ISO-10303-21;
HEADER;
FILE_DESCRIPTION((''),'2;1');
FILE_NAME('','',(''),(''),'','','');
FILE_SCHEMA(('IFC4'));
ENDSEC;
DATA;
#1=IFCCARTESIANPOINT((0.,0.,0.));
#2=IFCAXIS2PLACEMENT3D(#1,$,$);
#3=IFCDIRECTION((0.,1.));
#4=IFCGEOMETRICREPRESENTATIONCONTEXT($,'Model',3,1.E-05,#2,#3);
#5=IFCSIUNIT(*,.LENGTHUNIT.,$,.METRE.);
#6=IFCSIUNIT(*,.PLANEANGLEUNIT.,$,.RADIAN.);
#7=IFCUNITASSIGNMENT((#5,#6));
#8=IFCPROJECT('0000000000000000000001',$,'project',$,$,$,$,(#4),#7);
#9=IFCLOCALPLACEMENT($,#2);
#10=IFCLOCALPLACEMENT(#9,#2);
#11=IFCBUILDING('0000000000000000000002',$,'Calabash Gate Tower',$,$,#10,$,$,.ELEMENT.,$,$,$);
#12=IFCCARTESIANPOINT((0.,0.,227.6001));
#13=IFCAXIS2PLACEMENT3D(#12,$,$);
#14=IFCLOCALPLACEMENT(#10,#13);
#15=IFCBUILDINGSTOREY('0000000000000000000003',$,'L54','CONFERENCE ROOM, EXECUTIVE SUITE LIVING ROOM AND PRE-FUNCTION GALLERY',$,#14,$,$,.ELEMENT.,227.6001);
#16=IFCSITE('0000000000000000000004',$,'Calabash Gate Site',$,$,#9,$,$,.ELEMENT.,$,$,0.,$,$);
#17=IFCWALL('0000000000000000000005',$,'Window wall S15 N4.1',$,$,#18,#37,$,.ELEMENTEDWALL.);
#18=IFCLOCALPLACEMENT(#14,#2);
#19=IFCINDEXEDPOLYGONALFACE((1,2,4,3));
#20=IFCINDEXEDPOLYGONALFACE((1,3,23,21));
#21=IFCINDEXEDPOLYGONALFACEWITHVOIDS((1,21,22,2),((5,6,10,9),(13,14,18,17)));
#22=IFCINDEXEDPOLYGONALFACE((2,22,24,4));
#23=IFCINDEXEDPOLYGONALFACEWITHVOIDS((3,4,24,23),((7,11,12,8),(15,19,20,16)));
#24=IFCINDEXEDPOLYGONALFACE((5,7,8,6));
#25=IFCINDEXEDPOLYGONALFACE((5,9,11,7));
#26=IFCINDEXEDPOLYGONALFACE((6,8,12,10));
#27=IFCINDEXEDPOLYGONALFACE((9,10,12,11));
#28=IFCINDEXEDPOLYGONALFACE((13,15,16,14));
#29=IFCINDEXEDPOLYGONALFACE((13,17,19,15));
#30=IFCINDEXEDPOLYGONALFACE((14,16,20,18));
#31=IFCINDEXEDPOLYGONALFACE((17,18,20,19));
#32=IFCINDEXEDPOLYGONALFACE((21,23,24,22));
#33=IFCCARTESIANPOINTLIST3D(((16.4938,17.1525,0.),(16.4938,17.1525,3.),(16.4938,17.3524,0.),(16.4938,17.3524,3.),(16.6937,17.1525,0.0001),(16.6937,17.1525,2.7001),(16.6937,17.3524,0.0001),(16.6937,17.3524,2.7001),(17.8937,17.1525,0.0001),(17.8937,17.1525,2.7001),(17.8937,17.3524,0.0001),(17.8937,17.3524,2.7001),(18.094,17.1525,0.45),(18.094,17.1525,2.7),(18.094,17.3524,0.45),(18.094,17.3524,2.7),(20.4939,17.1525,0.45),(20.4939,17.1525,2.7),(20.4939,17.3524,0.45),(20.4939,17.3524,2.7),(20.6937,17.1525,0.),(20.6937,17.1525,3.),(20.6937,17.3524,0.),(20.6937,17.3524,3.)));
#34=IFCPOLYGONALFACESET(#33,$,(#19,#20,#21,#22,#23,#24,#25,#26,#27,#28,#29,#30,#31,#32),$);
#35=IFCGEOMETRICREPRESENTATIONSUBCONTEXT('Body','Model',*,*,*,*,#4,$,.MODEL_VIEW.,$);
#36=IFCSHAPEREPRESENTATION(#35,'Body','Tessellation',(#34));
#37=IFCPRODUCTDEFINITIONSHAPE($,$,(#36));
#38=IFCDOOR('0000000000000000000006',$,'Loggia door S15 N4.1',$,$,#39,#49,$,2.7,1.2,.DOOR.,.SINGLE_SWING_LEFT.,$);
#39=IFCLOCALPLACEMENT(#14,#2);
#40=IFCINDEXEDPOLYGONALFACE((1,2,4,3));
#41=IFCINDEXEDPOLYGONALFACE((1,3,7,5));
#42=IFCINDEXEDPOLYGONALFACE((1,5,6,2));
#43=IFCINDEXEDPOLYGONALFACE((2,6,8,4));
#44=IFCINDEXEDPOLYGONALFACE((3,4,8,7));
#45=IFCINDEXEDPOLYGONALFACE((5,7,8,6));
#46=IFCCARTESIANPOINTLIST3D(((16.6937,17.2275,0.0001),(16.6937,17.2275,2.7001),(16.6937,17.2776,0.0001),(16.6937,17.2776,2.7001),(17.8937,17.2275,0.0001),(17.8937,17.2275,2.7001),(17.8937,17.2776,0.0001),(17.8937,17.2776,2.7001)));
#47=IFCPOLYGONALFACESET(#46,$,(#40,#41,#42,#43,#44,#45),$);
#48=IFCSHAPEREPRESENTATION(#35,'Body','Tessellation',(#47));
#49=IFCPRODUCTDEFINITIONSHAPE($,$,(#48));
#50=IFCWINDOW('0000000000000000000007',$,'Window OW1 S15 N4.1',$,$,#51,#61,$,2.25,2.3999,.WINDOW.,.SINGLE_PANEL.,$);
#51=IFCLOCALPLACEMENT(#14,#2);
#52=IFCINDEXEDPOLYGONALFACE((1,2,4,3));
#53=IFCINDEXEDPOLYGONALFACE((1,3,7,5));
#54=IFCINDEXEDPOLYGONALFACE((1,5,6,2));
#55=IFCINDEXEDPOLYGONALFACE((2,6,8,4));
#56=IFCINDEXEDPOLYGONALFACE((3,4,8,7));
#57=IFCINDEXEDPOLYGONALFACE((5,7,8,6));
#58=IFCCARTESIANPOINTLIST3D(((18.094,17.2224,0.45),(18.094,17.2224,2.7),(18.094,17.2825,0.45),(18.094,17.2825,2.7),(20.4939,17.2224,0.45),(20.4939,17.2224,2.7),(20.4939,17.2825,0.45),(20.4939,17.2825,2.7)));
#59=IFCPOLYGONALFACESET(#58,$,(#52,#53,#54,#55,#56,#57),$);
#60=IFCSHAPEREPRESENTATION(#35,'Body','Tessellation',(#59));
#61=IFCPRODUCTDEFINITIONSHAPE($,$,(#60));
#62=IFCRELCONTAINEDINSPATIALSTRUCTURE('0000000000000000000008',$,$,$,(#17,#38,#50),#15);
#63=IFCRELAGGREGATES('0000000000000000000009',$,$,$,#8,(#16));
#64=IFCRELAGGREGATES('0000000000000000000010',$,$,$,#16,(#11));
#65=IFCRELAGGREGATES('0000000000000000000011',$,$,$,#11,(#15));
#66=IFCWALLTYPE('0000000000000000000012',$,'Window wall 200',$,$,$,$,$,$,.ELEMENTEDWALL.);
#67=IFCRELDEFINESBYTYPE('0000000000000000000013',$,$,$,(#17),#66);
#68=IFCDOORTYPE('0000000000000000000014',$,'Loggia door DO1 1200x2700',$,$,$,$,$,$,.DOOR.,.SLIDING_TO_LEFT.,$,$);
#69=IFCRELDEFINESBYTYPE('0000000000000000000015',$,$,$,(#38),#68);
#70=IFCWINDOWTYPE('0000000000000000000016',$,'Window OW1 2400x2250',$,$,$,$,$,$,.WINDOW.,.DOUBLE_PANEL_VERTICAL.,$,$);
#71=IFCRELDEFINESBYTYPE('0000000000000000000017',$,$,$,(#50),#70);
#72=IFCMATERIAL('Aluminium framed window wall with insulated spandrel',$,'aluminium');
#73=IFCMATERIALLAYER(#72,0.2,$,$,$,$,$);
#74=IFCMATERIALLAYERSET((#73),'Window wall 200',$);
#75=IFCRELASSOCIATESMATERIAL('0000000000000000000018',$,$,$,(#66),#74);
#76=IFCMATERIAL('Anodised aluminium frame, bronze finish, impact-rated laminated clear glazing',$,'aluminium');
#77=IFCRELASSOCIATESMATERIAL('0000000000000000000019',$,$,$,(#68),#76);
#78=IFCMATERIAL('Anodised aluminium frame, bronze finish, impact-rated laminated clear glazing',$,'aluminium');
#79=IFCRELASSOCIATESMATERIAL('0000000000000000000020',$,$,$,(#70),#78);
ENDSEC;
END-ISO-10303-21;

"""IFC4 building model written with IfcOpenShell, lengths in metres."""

from ifc_helpers import new_model, si_unit, direction, frame, frame_2d, origin, place, context, subcontext, project, spatial, rectangle, extrude, material, layer, layer_set, type_object, element, fill, save


model = new_model("IFC4")

# Units and contexts
model_context = context("Model", 3, precision=1e-05, world=origin(), true_north=direction((0.0, 1.0)))
body_context = subcontext(model_context, "Body", "Model", "MODEL_VIEW")
ifc_project = project(units=[si_unit("LENGTHUNIT", "METRE"), si_unit("PLANEANGLEUNIT", "RADIAN")], contexts=[model_context])

# Site, building, storey
site_placement = place(None, origin())
site = spatial("IfcSite", under=ifc_project, at=site_placement, Name="Calabash Gate Site", CompositionType="ELEMENT", RefElevation=0.0)
building_placement = place(site_placement, origin())
building = spatial("IfcBuilding", under=site, at=building_placement, Name="Calabash Gate Tower", CompositionType="ELEMENT")
storey_placement = place(building_placement, frame((0.0, 0.0, 227.6001)))
storey = spatial("IfcBuildingStorey", under=building, at=storey_placement, Name="L54", Description="CONFERENCE ROOM, EXECUTIVE SUITE LIVING ROOM AND PRE-FUNCTION GALLERY", CompositionType="ELEMENT", Elevation=227.6001)

# Wall, openings, door, window
ifc_material_1 = material(Name="Aluminium framed window wall with insulated spandrel", Category="aluminium")
ifc_layer_1 = layer(ifc_material_1, 0.2)
ifc_layer_set_1 = layer_set([ifc_layer_1], Name="Window wall 200")
wall_type_1 = type_object("IfcWallType", Name="Window wall 200", PredefinedType="ELEMENTEDWALL", material=ifc_layer_set_1)
ifc_material_2 = material(Name="Anodised aluminium frame, bronze finish, impact-rated laminated clear glazing", Category="aluminium")
door_type_1 = type_object("IfcDoorType", Name="Loggia door DO1 1200x2700", OperationType="SLIDING_TO_LEFT", PredefinedType="DOOR", material=ifc_material_2)
ifc_material_3 = material(Name="Anodised aluminium frame, bronze finish, impact-rated laminated clear glazing", Category="aluminium")
window_type = type_object("IfcWindowType", Name="Window OW1 2400x2250", PartitioningType="DOUBLE_PANEL_VERTICAL", PredefinedType="WINDOW", material=ifc_material_3)
wall_1_placement = place(storey_placement, frame((20.6938, 17.2524, 0.0), z_axis=(0.0, 0.0, 1.0), x_axis=(-1.0, 0.0, 0.0)))
wall_1 = element("IfcWall", 1, at=wall_1_placement, inside=storey, type_object=wall_type_1, Name="Window wall S15 N4.1", PredefinedType="ELEMENTEDWALL", context=body_context, shape_type="SweptSolid", body=[
    extrude(rectangle(XDim=4.2, YDim=0.2, at=frame_2d((2.1001, 0.0))), origin(), (0.0, 0.0, 1.0), 3.0),
])
opening_1_placement = place(wall_1_placement, frame((0.2, 0.0, 0.45)))
opening_1 = element("IfcOpeningElement", 2, at=opening_1_placement, cuts=wall_1, PredefinedType="OPENING", context=body_context, shape_type="SweptSolid", body=[
    extrude(rectangle(XDim=2.3999, YDim=2.25, at=frame_2d((1.2, 1.125))), frame((0.0, 0.1099, 0.0), z_axis=(0.0, -1.0, 0.0), x_axis=(1.0, 0.0, 0.0)), (0.0, 0.0, 1.0), 0.22),
])
opening_2_placement = place(wall_1_placement, frame((2.8, 0.0, 0.0)))
opening_2 = element("IfcOpeningElement", 3, at=opening_2_placement, cuts=wall_1, PredefinedType="OPENING", context=body_context, shape_type="SweptSolid", body=[
    extrude(rectangle(XDim=1.2, YDim=2.7, at=frame_2d((0.6001, 1.3501))), frame((0.0, 0.1099, 0.0), z_axis=(0.0, -1.0, 0.0), x_axis=(1.0, 0.0, 0.0)), (0.0, 0.0, 1.0), 0.22),
])
door_1_placement = place(opening_2_placement, origin())
door_1 = element("IfcDoor", 4, at=door_1_placement, inside=storey, type_object=door_type_1, Name="Loggia door S15 N4.1", OperationType="SINGLE_SWING_LEFT", OverallHeight=2.7, OverallWidth=1.2, PredefinedType="DOOR", context=body_context, shape_type="SweptSolid", body=[
    extrude(rectangle(XDim=1.2, YDim=2.7, at=frame_2d((0.6001, 1.3501))), frame((0.0, 0.0249, 0.0), z_axis=(0.0, -1.0, 0.0), x_axis=(1.0, 0.0, 0.0)), (0.0, 0.0, 1.0), 0.05),
])
fill(opening_2, door_1)
window_1_placement = place(opening_1_placement, origin())
window_1 = element("IfcWindow", 5, at=window_1_placement, inside=storey, type_object=window_type, Name="Window OW1 S15 N4.1", OverallHeight=2.25, OverallWidth=2.3999, PartitioningType="SINGLE_PANEL", PredefinedType="WINDOW", context=body_context, shape_type="SweptSolid", body=[
    extrude(rectangle(XDim=2.3999, YDim=2.25, at=frame_2d((1.2, 1.125))), frame((0.0, 0.03, 0.0), z_axis=(0.0, -1.0, 0.0), x_axis=(1.0, 0.0, 0.0)), (0.0, 0.0, 1.0), 0.0601),
])
fill(opening_1, window_1)

save(model, "model.ifc")
